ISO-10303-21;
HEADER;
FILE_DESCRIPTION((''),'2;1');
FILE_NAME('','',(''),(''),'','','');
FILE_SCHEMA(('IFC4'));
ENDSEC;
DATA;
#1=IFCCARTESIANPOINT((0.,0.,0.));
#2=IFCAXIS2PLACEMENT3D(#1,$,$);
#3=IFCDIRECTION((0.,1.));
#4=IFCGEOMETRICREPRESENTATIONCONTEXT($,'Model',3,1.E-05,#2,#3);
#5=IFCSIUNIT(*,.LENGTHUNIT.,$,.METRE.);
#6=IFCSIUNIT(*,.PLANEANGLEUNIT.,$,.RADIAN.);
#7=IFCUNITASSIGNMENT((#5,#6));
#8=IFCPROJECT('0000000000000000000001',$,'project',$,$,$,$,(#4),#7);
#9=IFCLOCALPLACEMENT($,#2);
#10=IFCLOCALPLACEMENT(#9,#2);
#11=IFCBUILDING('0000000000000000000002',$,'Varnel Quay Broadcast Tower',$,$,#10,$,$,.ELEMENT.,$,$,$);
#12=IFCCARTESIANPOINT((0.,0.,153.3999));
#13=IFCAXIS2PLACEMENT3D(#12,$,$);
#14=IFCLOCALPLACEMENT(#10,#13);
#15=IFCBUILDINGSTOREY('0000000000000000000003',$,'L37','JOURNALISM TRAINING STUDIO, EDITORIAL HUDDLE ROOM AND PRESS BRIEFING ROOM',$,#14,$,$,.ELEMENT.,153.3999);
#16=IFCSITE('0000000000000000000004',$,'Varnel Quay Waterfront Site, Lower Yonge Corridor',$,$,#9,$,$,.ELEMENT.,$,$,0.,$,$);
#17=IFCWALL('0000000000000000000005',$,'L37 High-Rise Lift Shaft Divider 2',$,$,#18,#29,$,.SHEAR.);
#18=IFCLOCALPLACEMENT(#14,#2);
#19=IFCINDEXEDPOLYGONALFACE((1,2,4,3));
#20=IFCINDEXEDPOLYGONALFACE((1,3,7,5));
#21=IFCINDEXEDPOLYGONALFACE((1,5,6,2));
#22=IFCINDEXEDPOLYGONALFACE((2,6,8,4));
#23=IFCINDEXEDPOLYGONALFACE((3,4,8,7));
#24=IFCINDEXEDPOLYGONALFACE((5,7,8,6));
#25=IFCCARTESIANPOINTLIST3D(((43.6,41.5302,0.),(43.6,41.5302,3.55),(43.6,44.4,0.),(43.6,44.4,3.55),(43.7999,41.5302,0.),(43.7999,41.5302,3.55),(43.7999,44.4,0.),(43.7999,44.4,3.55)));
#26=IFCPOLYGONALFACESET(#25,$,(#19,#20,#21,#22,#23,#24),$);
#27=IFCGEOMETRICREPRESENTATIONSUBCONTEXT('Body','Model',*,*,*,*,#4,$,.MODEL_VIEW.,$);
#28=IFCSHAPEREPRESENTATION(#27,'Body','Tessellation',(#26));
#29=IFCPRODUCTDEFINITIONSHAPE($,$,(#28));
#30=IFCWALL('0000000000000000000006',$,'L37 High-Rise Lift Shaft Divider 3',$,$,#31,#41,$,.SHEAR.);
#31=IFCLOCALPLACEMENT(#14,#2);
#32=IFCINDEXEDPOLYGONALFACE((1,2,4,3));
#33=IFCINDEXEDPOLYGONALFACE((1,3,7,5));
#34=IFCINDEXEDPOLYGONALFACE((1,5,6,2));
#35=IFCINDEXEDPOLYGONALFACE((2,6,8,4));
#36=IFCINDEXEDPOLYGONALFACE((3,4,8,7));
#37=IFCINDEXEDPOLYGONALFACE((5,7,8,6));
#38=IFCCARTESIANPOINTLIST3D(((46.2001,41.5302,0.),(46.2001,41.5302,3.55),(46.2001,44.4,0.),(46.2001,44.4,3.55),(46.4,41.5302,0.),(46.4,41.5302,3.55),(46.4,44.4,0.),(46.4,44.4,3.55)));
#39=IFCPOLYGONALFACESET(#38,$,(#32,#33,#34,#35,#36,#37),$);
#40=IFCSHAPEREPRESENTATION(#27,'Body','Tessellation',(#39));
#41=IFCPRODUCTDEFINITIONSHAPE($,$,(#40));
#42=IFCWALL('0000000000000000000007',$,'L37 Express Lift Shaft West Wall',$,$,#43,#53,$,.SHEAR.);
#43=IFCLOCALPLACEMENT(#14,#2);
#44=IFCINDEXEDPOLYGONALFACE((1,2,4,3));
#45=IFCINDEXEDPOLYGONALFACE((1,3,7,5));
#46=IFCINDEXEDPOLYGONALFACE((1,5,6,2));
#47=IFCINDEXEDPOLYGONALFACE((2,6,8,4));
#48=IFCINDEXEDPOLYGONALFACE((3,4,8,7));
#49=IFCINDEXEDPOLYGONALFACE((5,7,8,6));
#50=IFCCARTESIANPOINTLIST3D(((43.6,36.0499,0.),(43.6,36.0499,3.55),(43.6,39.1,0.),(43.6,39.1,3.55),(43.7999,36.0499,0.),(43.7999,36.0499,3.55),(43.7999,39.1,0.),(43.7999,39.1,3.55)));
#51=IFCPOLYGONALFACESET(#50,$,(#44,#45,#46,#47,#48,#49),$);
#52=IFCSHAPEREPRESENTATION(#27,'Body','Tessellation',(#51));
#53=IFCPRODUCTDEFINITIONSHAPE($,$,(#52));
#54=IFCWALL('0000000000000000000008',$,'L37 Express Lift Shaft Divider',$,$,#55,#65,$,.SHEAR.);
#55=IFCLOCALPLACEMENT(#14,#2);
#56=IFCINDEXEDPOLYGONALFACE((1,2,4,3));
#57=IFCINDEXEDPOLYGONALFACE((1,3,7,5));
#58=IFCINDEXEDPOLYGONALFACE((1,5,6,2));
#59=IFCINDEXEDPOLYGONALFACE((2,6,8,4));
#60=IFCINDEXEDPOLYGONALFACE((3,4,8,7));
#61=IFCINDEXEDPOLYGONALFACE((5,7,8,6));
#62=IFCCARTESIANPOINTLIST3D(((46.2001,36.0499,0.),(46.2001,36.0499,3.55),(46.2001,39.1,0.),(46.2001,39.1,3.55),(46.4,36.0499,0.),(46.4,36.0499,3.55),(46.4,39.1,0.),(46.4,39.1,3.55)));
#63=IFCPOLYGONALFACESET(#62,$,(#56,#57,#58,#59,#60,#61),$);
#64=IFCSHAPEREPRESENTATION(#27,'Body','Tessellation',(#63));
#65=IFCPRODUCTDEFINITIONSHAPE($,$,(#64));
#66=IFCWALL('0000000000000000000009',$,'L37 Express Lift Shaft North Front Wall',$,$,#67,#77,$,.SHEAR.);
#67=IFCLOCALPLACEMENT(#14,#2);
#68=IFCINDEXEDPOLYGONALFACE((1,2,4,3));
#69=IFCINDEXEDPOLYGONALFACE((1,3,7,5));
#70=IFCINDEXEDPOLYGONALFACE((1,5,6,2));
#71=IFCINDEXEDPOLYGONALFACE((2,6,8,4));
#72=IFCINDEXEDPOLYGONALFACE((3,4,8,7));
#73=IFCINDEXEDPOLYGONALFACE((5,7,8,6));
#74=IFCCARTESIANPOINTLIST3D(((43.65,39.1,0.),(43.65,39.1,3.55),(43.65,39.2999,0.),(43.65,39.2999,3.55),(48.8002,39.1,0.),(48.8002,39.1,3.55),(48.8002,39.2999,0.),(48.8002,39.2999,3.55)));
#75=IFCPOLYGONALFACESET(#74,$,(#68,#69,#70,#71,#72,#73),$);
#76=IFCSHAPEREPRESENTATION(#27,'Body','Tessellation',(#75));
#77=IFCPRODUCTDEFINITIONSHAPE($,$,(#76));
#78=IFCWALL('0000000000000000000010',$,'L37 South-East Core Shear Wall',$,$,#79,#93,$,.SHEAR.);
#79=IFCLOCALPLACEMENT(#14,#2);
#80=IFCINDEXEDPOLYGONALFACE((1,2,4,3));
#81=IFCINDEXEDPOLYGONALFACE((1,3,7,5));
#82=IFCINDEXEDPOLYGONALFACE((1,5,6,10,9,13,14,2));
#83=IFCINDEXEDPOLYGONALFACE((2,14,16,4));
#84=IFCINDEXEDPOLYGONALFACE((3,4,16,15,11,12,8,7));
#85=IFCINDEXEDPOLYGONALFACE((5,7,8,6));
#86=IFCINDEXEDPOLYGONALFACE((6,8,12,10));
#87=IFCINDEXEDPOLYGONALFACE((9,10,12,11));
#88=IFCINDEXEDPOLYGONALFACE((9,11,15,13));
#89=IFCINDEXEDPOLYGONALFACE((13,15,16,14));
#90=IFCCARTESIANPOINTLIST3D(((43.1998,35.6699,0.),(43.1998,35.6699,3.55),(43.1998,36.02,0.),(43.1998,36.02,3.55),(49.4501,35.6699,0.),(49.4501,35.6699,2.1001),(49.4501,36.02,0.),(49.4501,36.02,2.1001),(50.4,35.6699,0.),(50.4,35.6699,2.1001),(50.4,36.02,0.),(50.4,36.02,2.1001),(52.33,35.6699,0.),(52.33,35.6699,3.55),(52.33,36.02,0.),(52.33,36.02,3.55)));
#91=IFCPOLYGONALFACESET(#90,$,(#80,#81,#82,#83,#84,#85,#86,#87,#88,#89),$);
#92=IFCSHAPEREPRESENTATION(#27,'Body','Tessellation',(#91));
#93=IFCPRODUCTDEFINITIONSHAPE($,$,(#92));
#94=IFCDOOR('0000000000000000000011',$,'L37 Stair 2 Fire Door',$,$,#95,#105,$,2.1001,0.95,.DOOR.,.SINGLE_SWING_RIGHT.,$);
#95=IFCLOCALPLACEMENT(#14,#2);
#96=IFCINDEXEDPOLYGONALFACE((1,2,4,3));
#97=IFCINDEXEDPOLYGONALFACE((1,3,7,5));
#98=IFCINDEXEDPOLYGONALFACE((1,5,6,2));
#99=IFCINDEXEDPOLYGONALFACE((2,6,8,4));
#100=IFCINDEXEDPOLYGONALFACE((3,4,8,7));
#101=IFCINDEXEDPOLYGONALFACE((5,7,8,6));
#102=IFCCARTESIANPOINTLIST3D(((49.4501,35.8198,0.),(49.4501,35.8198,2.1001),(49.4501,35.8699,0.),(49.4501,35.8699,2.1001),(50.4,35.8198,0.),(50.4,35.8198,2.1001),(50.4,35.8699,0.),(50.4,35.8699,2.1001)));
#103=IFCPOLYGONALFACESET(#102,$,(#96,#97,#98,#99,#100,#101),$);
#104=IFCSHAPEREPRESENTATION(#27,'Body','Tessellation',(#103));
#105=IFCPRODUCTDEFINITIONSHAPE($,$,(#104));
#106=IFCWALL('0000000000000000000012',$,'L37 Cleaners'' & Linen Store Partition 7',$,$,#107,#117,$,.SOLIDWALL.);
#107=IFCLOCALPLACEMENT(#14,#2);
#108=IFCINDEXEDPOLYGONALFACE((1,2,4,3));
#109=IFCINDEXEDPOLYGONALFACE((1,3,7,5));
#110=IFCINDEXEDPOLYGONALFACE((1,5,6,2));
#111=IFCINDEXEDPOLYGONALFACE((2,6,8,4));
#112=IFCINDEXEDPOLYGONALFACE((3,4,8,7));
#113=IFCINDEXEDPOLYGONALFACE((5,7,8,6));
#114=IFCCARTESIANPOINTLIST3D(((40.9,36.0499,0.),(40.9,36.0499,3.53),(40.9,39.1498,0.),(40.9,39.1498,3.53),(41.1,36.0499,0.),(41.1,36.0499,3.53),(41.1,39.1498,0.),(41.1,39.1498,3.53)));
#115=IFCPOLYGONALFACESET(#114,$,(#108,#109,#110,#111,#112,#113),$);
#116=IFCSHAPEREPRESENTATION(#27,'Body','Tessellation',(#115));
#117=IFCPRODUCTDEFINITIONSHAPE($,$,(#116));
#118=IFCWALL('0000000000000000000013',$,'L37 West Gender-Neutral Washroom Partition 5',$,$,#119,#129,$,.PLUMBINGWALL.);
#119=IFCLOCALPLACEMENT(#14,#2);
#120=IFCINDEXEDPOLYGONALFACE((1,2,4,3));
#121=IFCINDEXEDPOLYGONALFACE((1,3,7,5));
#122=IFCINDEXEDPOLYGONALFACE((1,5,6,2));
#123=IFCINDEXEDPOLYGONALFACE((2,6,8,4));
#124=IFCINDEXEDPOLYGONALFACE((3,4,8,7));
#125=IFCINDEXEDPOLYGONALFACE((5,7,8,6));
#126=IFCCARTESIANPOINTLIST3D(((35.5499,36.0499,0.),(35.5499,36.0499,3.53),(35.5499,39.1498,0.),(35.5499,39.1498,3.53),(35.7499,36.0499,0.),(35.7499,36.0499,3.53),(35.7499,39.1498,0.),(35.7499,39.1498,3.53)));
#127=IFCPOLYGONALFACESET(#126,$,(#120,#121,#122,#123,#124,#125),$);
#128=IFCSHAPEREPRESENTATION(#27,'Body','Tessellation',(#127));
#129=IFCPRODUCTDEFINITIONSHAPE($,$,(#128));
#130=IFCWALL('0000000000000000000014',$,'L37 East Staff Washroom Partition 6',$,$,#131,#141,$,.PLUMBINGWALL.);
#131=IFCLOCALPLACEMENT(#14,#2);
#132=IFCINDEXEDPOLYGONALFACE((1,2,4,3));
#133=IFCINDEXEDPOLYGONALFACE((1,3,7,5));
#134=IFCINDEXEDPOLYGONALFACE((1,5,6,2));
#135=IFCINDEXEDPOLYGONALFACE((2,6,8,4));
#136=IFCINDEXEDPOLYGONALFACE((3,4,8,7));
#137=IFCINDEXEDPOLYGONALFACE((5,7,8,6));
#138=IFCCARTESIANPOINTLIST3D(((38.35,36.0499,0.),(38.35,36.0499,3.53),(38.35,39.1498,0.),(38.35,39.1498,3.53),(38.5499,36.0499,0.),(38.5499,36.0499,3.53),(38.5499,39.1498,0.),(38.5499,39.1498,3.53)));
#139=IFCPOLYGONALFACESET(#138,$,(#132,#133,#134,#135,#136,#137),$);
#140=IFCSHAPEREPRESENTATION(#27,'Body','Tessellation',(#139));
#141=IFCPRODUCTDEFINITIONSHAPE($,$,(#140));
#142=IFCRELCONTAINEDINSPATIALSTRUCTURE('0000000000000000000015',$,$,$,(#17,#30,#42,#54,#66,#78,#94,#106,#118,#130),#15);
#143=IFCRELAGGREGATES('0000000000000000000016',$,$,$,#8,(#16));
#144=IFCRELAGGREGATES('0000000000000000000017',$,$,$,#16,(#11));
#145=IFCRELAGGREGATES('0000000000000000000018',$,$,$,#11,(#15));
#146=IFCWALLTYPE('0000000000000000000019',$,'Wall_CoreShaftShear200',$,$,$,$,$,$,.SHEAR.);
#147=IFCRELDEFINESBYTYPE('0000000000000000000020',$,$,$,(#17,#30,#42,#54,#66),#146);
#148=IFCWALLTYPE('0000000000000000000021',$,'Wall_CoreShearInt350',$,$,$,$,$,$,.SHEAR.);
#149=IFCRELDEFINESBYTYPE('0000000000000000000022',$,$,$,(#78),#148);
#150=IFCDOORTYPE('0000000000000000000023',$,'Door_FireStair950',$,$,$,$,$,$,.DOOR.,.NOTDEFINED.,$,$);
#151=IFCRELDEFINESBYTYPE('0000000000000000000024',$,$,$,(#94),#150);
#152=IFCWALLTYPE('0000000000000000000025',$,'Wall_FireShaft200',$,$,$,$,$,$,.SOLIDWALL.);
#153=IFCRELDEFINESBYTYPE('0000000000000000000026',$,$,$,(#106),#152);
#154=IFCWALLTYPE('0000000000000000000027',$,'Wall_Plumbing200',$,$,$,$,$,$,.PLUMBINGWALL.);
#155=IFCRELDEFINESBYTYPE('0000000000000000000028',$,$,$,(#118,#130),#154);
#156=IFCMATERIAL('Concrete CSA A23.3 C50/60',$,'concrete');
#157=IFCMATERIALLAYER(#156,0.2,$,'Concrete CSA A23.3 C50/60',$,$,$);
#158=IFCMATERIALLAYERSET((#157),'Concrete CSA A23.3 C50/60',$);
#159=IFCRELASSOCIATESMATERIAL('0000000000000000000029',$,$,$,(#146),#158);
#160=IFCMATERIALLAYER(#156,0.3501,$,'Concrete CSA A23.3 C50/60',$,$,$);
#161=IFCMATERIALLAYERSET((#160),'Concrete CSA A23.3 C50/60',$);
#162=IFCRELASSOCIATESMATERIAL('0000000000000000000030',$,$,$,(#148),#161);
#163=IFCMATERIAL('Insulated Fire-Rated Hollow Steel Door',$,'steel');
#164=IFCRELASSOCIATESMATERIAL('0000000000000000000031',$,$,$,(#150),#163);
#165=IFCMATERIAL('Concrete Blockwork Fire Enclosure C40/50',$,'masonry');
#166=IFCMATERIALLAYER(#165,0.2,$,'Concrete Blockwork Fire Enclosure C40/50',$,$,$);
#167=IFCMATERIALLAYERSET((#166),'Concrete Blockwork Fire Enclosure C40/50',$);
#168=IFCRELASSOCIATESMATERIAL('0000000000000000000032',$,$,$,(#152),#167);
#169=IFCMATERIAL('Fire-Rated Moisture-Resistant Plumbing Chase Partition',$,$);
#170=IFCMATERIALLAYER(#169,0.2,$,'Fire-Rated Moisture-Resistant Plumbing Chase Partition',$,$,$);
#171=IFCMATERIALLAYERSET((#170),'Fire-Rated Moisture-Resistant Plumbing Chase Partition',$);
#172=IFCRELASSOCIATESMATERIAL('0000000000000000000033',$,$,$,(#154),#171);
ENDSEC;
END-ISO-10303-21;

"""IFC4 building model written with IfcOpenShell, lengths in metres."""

from ifc_helpers import new_model, si_unit, direction, frame, frame_2d, origin, place, context, subcontext, project, spatial, rectangle, extrude, source, transform, mapped, material, layer, layer_set, type_object, type_shapes, element, fill, save


model = new_model("IFC4")

# Units and contexts
model_context = context("Model", 3, precision=1e-05, world=origin(), true_north=direction((0.0, 1.0)))
body_context = subcontext(model_context, "Body", "Model", "MODEL_VIEW")
ifc_project = project(units=[si_unit("LENGTHUNIT", "METRE"), si_unit("PLANEANGLEUNIT", "RADIAN")], contexts=[model_context])

# Site, building, storey
site_placement = place(None, origin())
site = spatial("IfcSite", under=ifc_project, at=site_placement, Name="Varnel Quay Waterfront Site, Lower Yonge Corridor", CompositionType="ELEMENT", RefElevation=0.0)
building_placement = place(site_placement, origin())
building = spatial("IfcBuilding", under=site, at=building_placement, Name="Varnel Quay Broadcast Tower", CompositionType="ELEMENT")
storey_placement = place(building_placement, frame((0.0, 0.0, 153.3999)))
storey = spatial("IfcBuildingStorey", under=building, at=storey_placement, Name="L37", Description="JOURNALISM TRAINING STUDIO, EDITORIAL HUDDLE ROOM AND PRESS BRIEFING ROOM", CompositionType="ELEMENT", Elevation=153.3999)

# Walls
ifc_material_1 = material(Name="Concrete CSA A23.3 C50/60", Category="concrete")
ifc_layer_1 = layer(ifc_material_1, 0.2, Name="Concrete CSA A23.3 C50/60")
ifc_layer_set_1 = layer_set([ifc_layer_1], Name="Concrete CSA A23.3 C50/60")
wall_type_1 = type_object("IfcWallType", Name="Wall_CoreShaftShear200", PredefinedType="SHEAR", material=ifc_layer_set_1)
for number, where, z_axis, x_axis, name in (
    (1, (43.7, 41.53, 0.0), (0.0, 0.0, 1.0), (0.0, 1.0, 0.0), "L37 High-Rise Lift Shaft Divider 2"),
    (2, (46.3, 41.53, 0.0), (0.0, 0.0, 1.0), (0.0, 1.0, 0.0), "L37 High-Rise Lift Shaft Divider 3"),
):
    element("IfcWall", number, at=place(storey_placement, frame(where, z_axis=z_axis, x_axis=x_axis)), inside=storey, type_object=wall_type_1, Name=name, PredefinedType="SHEAR", context=body_context, shape_type="SweptSolid", body=[
        extrude(rectangle(XDim=2.8699, YDim=0.2, at=frame_2d((1.4351, 0.0))), origin(), (0.0, 0.0, 1.0), 3.55),
    ])
for number, where, z_axis, x_axis, name in (
    (3, (43.7, 36.05, 0.0), (0.0, 0.0, 1.0), (0.0, 1.0, 0.0), "L37 Express Lift Shaft West Wall"),
    (4, (46.3, 36.05, 0.0), (0.0, 0.0, 1.0), (0.0, 1.0, 0.0), "L37 Express Lift Shaft Divider"),
):
    element("IfcWall", number, at=place(storey_placement, frame(where, z_axis=z_axis, x_axis=x_axis)), inside=storey, type_object=wall_type_1, Name=name, PredefinedType="SHEAR", context=body_context, shape_type="SweptSolid", body=[
        extrude(rectangle(XDim=3.05, YDim=0.2, at=frame_2d((1.5249, 0.0))), origin(), (0.0, 0.0, 1.0), 3.55),
    ])
wall_1_placement = place(storey_placement, frame((43.6499, 39.2, 0.0), z_axis=(0.0, 0.0, 1.0), x_axis=(1.0, 0.0, 0.0)))
element("IfcWall", 5, at=wall_1_placement, inside=storey, type_object=wall_type_1, Name="L37 Express Lift Shaft North Front Wall", PredefinedType="SHEAR", context=body_context, shape_type="SweptSolid", body=[
    extrude(rectangle(XDim=5.1501, YDim=0.2, at=frame_2d((2.5752, 0.0))), origin(), (0.0, 0.0, 1.0), 3.55),
])

# Wall, opening, door
ifc_layer_2 = layer(ifc_material_1, 0.3501, Name="Concrete CSA A23.3 C50/60")
ifc_layer_set_2 = layer_set([ifc_layer_2], Name="Concrete CSA A23.3 C50/60")
wall_type_2 = type_object("IfcWallType", Name="Wall_CoreShearInt350", PredefinedType="SHEAR", material=ifc_layer_set_2)
wall_2_placement = place(storey_placement, frame((43.2, 35.845, 0.0), z_axis=(0.0, 0.0, 1.0), x_axis=(1.0, 0.0, 0.0)))
wall_2 = element("IfcWall", 6, at=wall_2_placement, inside=storey, type_object=wall_type_2, Name="L37 South-East Core Shear Wall", PredefinedType="SHEAR", context=body_context, shape_type="SweptSolid", body=[
    extrude(rectangle(XDim=9.1301, YDim=0.3501, at=frame_2d((4.5649, 0.0))), origin(), (0.0, 0.0, 1.0), 3.55),
])
opening_placement = place(wall_2_placement, frame((6.25, 0.0, 0.0)))
opening = element("IfcOpeningElement", 7, at=opening_placement, cuts=wall_2, PredefinedType="OPENING", context=body_context, shape_type="SweptSolid", body=[
    extrude(rectangle(XDim=0.95, YDim=2.1001, at=frame_2d((0.4751, 1.05))), frame((0.0, 0.1851, 0.0), z_axis=(0.0, -1.0, 0.0), x_axis=(1.0, 0.0, 0.0)), (0.0, 0.0, 1.0), 0.3701),
])
ifc_material_2 = material(Name="Insulated Fire-Rated Hollow Steel Door", Category="steel")
door_type = type_object("IfcDoorType", Name="Door_FireStair950", OperationType="NOTDEFINED", PredefinedType="DOOR", material=ifc_material_2)
shared_shape_1 = source(origin(), body_context, "Body", "SweptSolid", [
    extrude(rectangle(XDim=0.95, YDim=2.1001, at=frame_2d((0.4751, 1.05))), frame((0.0, 0.0249, 0.0), z_axis=(0.0, -1.0, 0.0), x_axis=(1.0, 0.0, 0.0)), (0.0, 0.0, 1.0), 0.05),
])
type_shapes(door_type, [shared_shape_1])
door_placement = place(opening_placement, origin())
door = element("IfcDoor", 8, at=door_placement, inside=storey, type_object=door_type, Name="L37 Stair 2 Fire Door", OperationType="SINGLE_SWING_RIGHT", OverallHeight=2.1001, OverallWidth=0.95, PredefinedType="DOOR", context=body_context, shape_type="MappedRepresentation", body=[
    mapped(shared_shape_1, transform((0.0, 0.0, 0.0), x_axis=(1.0, 0.0, 0.0), y_axis=(0.0, 1.0, 0.0), z_axis=(0.0, 0.0, 1.0), scale=1.0)),
])
fill(opening, door)

# Walls
ifc_material_3 = material(Name="Concrete Blockwork Fire Enclosure C40/50", Category="masonry")
ifc_layer_3 = layer(ifc_material_3, 0.2, Name="Concrete Blockwork Fire Enclosure C40/50")
ifc_layer_set_3 = layer_set([ifc_layer_3], Name="Concrete Blockwork Fire Enclosure C40/50")
wall_type_3 = type_object("IfcWallType", Name="Wall_FireShaft200", PredefinedType="SOLIDWALL", material=ifc_layer_set_3)
wall_3_placement = place(storey_placement, frame((41.0, 36.05, 0.0), z_axis=(0.0, 0.0, 1.0), x_axis=(0.0, 1.0, 0.0)))
element("IfcWall", 9, at=wall_3_placement, inside=storey, type_object=wall_type_3, Name="L37 Cleaners' & Linen Store Partition 7", PredefinedType="SOLIDWALL", context=body_context, shape_type="SweptSolid", body=[
    extrude(rectangle(XDim=3.0999, YDim=0.2, at=frame_2d((1.5498, 0.0))), origin(), (0.0, 0.0, 1.0), 3.53),
])
ifc_material_4 = material(Name="Fire-Rated Moisture-Resistant Plumbing Chase Partition")
ifc_layer_4 = layer(ifc_material_4, 0.2, Name="Fire-Rated Moisture-Resistant Plumbing Chase Partition")
ifc_layer_set_4 = layer_set([ifc_layer_4], Name="Fire-Rated Moisture-Resistant Plumbing Chase Partition")
wall_type_4 = type_object("IfcWallType", Name="Wall_Plumbing200", PredefinedType="PLUMBINGWALL", material=ifc_layer_set_4)
for number, where, z_axis, x_axis, name in (
    (10, (35.6499, 36.05, 0.0), (0.0, 0.0, 1.0), (0.0, 1.0, 0.0), "L37 West Gender-Neutral Washroom Partition 5"),
    (11, (38.45, 36.05, 0.0), (0.0, 0.0, 1.0), (0.0, 1.0, 0.0), "L37 East Staff Washroom Partition 6"),
):
    element("IfcWall", number, at=place(storey_placement, frame(where, z_axis=z_axis, x_axis=x_axis)), inside=storey, type_object=wall_type_4, Name=name, PredefinedType="PLUMBINGWALL", context=body_context, shape_type="SweptSolid", body=[
        extrude(rectangle(XDim=3.0999, YDim=0.2, at=frame_2d((1.5498, 0.0))), origin(), (0.0, 0.0, 1.0), 3.53),
    ])

save(model, "model.ifc")
